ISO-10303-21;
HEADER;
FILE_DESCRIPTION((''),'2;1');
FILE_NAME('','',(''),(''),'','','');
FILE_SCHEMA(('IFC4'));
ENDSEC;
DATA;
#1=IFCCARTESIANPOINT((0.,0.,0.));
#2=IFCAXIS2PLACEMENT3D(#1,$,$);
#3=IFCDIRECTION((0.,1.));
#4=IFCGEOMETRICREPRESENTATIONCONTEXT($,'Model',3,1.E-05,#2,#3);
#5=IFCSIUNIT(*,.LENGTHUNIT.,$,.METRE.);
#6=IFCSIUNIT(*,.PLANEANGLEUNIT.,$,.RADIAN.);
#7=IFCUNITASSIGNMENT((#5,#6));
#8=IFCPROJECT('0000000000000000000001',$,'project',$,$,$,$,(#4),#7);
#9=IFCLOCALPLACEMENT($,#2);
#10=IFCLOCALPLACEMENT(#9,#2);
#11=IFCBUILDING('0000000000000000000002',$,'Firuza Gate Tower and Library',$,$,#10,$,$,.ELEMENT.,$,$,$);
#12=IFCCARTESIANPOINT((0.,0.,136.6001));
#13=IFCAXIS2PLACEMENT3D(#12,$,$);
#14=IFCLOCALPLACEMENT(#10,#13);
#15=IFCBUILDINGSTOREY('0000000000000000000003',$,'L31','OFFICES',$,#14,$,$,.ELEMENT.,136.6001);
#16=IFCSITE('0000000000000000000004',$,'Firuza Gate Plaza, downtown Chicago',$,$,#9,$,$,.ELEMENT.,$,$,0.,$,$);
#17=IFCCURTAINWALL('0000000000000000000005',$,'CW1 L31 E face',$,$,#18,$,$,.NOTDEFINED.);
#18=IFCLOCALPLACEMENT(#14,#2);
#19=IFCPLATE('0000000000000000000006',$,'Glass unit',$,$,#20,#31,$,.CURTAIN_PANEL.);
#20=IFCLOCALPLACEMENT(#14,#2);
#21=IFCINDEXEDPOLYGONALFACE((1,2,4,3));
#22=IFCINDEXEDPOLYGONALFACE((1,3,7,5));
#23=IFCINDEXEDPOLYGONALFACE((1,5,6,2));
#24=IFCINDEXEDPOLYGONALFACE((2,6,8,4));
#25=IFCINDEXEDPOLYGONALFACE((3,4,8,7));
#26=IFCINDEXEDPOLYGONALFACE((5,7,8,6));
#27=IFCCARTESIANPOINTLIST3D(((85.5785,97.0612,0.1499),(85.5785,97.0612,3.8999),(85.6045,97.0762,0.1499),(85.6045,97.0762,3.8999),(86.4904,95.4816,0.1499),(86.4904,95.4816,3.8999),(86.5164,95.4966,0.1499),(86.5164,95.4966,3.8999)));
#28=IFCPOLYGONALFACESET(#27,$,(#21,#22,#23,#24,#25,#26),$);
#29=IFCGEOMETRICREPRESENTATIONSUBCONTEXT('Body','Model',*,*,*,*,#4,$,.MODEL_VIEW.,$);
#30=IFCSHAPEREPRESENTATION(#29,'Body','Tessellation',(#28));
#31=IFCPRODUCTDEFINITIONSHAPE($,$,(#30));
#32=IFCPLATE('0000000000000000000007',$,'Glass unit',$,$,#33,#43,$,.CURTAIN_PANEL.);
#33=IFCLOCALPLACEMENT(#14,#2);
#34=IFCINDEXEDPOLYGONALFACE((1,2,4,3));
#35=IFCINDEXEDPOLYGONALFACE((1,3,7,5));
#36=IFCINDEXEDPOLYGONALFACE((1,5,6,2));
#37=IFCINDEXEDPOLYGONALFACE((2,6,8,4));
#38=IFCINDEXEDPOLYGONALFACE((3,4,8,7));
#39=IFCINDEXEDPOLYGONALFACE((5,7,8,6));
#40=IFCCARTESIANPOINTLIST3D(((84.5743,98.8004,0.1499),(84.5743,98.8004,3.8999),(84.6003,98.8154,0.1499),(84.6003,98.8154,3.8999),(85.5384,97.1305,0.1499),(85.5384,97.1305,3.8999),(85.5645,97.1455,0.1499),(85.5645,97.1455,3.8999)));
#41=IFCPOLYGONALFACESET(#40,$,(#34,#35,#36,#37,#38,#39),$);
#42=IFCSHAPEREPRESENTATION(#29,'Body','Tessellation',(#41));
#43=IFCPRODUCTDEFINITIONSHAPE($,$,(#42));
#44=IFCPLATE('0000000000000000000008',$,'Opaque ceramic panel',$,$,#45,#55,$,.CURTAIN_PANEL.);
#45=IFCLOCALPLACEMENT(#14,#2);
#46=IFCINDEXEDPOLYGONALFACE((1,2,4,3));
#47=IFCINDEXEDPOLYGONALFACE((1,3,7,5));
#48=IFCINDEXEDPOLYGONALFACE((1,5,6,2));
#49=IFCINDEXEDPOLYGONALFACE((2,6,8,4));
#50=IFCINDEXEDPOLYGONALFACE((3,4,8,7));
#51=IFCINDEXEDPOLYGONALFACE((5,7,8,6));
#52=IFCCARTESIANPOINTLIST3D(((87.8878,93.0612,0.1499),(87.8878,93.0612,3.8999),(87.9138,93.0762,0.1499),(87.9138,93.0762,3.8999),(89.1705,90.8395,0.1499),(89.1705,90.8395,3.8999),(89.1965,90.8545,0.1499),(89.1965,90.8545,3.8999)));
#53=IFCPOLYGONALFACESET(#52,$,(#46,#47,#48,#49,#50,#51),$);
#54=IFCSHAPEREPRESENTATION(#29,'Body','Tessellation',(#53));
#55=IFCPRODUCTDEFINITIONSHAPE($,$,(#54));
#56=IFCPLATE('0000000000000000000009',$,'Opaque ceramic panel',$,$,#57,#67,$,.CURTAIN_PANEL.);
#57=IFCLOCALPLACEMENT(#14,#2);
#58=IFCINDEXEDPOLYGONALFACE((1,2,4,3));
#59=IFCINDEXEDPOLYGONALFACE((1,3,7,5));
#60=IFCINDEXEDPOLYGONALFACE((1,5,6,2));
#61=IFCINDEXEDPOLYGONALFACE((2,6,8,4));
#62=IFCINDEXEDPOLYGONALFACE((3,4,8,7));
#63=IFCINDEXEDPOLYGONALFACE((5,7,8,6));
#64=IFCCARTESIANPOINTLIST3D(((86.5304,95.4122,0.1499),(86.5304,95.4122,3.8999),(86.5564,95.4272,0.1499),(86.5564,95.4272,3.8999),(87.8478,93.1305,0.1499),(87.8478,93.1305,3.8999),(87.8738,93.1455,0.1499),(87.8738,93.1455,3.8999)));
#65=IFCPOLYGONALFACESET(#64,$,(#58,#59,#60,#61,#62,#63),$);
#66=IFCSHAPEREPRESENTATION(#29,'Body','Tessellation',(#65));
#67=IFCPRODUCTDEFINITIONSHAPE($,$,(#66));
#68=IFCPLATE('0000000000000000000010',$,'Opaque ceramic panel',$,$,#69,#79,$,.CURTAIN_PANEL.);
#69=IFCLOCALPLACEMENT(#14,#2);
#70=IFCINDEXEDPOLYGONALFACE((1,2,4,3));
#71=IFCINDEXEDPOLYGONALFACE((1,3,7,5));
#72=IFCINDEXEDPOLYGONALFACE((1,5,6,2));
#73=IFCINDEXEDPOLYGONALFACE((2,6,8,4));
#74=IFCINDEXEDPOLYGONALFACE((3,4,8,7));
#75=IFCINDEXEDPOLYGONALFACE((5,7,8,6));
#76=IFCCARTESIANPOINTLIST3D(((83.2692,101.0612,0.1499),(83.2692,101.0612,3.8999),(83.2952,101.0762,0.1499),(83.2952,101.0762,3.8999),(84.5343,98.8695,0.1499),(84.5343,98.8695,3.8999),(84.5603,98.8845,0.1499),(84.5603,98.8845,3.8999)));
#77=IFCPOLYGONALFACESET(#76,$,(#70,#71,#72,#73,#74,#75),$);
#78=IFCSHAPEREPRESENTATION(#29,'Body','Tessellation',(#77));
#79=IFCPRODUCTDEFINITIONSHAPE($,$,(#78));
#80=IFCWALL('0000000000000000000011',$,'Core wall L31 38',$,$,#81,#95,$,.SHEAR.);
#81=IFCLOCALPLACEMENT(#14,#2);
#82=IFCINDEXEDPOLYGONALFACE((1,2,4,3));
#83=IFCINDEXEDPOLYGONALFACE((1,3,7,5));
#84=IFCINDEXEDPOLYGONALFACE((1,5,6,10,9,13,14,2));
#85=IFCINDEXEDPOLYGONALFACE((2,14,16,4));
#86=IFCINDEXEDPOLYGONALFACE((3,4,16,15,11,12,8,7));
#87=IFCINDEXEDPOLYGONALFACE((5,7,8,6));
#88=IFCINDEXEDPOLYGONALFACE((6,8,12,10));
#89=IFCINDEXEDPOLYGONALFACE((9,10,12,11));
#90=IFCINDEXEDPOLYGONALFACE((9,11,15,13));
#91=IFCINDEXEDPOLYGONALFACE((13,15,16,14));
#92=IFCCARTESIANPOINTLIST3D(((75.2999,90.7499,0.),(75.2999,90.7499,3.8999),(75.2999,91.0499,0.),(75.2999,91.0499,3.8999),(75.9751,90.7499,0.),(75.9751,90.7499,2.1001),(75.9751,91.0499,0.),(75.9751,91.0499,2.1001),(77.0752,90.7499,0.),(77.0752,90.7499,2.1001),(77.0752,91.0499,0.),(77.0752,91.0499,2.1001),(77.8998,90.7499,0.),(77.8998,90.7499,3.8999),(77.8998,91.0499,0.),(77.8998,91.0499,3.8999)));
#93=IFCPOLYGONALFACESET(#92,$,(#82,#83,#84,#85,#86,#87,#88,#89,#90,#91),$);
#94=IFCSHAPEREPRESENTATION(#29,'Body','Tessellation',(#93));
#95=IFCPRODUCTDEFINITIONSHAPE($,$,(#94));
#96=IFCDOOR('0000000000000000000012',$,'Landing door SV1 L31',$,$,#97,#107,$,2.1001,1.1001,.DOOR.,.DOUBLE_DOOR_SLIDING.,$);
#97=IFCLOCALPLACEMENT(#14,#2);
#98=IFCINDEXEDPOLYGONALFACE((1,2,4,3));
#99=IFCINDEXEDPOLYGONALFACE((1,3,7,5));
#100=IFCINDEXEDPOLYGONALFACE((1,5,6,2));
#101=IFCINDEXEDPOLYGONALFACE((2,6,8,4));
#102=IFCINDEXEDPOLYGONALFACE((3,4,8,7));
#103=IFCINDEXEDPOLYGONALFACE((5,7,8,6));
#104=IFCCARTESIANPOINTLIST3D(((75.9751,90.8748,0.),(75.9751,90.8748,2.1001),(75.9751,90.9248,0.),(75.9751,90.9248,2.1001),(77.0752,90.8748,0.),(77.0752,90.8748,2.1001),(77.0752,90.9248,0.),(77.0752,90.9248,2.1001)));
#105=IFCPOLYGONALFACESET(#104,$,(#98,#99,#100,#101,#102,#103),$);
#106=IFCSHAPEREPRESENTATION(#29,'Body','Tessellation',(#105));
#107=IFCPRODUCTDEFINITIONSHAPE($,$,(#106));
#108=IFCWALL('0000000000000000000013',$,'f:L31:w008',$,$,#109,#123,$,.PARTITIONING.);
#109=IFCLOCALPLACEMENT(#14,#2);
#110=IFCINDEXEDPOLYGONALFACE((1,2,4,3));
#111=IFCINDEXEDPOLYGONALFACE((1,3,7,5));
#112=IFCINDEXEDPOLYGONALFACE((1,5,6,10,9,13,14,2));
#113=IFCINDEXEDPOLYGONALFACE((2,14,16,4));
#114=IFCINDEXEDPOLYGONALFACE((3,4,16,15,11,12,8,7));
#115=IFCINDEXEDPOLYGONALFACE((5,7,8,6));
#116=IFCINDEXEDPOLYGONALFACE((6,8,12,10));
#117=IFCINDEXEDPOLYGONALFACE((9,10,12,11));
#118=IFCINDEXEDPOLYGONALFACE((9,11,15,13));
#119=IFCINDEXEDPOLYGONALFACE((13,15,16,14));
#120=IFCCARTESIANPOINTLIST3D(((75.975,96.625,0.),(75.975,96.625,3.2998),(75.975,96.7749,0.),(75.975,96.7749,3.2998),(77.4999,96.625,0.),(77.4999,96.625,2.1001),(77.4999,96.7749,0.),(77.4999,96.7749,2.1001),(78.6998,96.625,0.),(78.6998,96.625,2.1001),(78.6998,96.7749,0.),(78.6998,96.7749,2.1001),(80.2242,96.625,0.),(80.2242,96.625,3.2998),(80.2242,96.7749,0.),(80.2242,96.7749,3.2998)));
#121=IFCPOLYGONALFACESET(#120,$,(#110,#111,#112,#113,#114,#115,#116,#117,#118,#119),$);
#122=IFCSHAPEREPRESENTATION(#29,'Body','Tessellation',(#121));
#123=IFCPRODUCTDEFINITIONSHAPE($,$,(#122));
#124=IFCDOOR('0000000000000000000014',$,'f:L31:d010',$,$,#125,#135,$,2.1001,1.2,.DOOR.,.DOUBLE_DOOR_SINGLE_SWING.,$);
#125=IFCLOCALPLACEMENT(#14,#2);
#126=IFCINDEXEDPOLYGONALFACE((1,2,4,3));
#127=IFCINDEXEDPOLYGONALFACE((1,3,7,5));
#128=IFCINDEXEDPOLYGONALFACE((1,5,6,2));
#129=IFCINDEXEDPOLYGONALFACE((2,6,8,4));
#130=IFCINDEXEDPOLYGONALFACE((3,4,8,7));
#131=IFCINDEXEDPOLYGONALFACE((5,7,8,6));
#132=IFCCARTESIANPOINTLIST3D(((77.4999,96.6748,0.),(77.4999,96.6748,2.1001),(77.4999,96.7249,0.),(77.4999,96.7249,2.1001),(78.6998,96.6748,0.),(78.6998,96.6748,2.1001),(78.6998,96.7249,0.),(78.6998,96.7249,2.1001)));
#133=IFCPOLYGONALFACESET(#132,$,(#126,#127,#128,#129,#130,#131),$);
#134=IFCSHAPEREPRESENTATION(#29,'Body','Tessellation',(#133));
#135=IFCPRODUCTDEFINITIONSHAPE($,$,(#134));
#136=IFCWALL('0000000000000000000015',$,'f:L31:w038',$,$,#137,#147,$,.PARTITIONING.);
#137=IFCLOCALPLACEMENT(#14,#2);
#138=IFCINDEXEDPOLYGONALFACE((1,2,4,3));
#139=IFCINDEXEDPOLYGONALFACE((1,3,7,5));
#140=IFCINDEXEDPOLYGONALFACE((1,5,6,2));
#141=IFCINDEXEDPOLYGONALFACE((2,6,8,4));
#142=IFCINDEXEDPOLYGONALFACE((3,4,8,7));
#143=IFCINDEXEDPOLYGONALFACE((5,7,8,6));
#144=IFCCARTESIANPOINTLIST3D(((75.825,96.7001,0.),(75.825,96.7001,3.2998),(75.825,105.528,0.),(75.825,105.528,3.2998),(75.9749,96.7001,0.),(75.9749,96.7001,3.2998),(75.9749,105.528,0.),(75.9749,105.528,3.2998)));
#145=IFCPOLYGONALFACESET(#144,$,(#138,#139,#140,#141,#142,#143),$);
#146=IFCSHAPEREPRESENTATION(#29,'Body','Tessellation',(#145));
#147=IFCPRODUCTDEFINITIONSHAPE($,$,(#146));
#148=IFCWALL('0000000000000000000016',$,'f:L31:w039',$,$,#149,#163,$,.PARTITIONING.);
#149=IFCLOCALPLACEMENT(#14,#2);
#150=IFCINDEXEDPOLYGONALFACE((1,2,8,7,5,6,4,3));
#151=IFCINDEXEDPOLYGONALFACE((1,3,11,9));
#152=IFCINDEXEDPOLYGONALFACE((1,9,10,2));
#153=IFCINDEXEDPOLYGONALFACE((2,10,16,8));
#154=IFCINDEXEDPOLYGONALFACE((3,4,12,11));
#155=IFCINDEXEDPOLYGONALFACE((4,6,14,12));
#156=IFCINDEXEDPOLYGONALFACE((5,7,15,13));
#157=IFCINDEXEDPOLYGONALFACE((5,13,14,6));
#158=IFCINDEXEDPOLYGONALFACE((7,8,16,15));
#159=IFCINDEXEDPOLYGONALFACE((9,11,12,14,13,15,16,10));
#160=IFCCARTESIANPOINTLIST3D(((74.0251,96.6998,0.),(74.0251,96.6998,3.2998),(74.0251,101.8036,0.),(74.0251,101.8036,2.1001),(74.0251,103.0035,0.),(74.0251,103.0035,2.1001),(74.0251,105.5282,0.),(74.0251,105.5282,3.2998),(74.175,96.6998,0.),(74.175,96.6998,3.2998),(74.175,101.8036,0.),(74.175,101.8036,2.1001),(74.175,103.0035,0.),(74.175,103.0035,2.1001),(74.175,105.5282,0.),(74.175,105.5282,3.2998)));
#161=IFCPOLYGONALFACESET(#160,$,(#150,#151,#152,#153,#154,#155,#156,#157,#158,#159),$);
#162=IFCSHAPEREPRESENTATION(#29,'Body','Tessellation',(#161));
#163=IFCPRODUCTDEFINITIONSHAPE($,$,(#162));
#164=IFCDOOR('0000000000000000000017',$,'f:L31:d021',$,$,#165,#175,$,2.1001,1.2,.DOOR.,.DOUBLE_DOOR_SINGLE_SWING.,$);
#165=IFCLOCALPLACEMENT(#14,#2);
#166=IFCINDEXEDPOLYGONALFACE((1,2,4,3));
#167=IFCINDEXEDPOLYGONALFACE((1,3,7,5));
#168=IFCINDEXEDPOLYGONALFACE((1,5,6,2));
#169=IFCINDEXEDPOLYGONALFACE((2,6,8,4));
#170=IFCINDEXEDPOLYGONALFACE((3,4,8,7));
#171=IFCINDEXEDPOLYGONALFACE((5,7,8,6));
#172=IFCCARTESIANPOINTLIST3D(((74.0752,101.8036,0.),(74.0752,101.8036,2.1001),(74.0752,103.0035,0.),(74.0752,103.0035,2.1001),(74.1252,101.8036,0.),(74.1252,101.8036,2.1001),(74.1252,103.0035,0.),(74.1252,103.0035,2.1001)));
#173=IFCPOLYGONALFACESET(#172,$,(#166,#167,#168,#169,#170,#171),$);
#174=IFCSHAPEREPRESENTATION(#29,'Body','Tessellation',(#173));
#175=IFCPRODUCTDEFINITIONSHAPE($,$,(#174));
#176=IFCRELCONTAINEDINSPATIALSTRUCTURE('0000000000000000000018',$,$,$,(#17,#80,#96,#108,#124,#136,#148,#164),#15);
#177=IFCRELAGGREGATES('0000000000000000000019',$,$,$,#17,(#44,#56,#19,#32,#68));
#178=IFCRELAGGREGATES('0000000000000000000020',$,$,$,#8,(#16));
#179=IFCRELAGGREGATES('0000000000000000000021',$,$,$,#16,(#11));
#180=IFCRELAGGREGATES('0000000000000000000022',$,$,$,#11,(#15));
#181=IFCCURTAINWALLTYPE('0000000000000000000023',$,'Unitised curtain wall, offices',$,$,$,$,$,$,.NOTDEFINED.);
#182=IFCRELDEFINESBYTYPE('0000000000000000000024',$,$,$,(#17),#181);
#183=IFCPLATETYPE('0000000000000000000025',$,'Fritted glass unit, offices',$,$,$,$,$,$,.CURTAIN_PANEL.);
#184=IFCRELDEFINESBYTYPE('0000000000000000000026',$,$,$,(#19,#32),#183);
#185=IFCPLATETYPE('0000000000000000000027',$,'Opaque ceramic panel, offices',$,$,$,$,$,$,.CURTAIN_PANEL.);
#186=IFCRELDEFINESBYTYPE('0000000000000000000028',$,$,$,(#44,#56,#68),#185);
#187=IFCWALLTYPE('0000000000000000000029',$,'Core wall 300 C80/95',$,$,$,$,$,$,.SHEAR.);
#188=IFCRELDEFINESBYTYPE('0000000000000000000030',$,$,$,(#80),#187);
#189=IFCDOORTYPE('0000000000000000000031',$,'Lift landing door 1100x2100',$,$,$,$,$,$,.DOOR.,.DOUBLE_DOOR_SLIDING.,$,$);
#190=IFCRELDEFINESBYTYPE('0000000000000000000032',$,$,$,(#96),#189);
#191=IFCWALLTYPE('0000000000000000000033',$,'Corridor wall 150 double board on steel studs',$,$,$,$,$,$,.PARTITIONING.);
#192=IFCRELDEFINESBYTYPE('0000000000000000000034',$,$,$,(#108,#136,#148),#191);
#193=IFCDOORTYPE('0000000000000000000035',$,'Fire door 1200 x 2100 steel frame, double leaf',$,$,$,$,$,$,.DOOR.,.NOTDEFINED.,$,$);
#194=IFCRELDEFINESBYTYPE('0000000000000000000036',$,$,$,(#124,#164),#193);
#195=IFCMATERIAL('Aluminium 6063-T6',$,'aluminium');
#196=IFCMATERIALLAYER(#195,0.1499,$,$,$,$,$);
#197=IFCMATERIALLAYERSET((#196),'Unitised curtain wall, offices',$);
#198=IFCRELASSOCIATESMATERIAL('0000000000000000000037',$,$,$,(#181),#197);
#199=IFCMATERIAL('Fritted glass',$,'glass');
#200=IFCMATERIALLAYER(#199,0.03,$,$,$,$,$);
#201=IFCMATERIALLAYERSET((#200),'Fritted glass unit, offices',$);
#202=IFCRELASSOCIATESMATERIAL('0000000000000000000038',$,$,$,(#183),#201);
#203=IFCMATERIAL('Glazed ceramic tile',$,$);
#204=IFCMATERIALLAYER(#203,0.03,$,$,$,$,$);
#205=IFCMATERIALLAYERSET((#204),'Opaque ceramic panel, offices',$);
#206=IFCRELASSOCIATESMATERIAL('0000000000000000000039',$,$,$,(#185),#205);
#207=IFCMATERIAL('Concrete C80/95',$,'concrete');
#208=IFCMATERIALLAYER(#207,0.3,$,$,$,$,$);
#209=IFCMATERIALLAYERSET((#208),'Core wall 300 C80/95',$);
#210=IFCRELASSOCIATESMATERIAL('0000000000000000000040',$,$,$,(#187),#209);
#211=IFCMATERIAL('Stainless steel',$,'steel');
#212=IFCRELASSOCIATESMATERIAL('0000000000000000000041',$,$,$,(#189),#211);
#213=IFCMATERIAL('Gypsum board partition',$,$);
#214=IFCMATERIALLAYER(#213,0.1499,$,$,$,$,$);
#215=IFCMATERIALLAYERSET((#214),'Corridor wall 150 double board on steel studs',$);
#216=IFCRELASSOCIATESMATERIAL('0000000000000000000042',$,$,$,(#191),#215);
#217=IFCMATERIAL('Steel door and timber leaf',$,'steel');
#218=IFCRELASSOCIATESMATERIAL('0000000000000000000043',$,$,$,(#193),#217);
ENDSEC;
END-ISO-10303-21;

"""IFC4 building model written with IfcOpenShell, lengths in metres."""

from ifc_helpers import new_model, si_unit, direction, frame, frame_2d, origin, place, context, subcontext, project, spatial, polyline, rectangle, outline, extrude, material, layer, layer_set, type_object, element, fill, aggregate, save


model = new_model("IFC4")

# Units and contexts
model_context = context("Model", 3, precision=1e-05, world=origin(), true_north=direction((0.0, 1.0)))
body_context = subcontext(model_context, "Body", "Model", "MODEL_VIEW")
ifc_project = project(units=[si_unit("LENGTHUNIT", "METRE"), si_unit("PLANEANGLEUNIT", "RADIAN")], contexts=[model_context])

# Site, building, storey
site_placement = place(None, origin())
site = spatial("IfcSite", under=ifc_project, at=site_placement, Name="Firuza Gate Plaza, downtown Chicago", CompositionType="ELEMENT", RefElevation=0.0)
building_placement = place(site_placement, origin())
building = spatial("IfcBuilding", under=site, at=building_placement, Name="Firuza Gate Tower and Library", CompositionType="ELEMENT")
storey_placement = place(building_placement, frame((0.0, 0.0, 136.6001)))
storey = spatial("IfcBuildingStorey", under=building, at=storey_placement, Name="L31", Description="OFFICES", CompositionType="ELEMENT", Elevation=136.6001)

# Curtain wall
ifc_material_1 = material(Name="Aluminium 6063-T6", Category="aluminium")
ifc_layer_1 = layer(ifc_material_1, 0.1499)
ifc_layer_set_1 = layer_set([ifc_layer_1], Name="Unitised curtain wall, offices")
curtain_wall_type = type_object("IfcCurtainWallType", Name="Unitised curtain wall, offices", PredefinedType="NOTDEFINED", material=ifc_layer_set_1)
placement = place(storey_placement, origin())
curtain_wall = element("IfcCurtainWall", 1, at=placement, inside=storey, type_object=curtain_wall_type, Name="CW1 L31 E face", PredefinedType="NOTDEFINED")

# Plates
ifc_material_2 = material(Name="Fritted glass", Category="glass")
ifc_layer_2 = layer(ifc_material_2, 0.03)
ifc_layer_set_2 = layer_set([ifc_layer_2], Name="Fritted glass unit, offices")
plate_type_1 = type_object("IfcPlateType", Name="Fritted glass unit, offices", PredefinedType="CURTAIN_PANEL", material=ifc_layer_set_2)
plate_1_placement = place(storey_placement, frame((86.5164, 95.4966, 0.1499), z_axis=(0.866052, 0.499954, 0.0), x_axis=(-0.499954, 0.866052, 0.0)))
plate_1 = element("IfcPlate", 2, at=plate_1_placement, type_object=plate_type_1, Name="Glass unit", PredefinedType="CURTAIN_PANEL", context=body_context, shape_type="SweptSolid", body=[
    extrude(outline(polyline([(0.0, 0.0), (1.8239, 0.0), (1.8239, 3.75), (0.0, 3.75), (0.0, 0.0)])), origin(), (0.0, 0.0, -1.0), 0.03),
])
plate_2_placement = place(storey_placement, frame((85.5645, 97.1455, 0.1499), z_axis=(0.86603, 0.499993, 0.0), x_axis=(-0.499993, 0.86603, 0.0)))
plate_2 = element("IfcPlate", 3, at=plate_2_placement, type_object=plate_type_1, Name="Glass unit", PredefinedType="CURTAIN_PANEL", context=body_context, shape_type="SweptSolid", body=[
    extrude(outline(polyline([(0.0, 0.0), (1.9283, 0.0), (1.9283, 3.75), (0.0, 3.75), (0.0, 0.0)])), origin(), (0.0, 0.0, -1.0), 0.03),
])
ifc_material_3 = material(Name="Glazed ceramic tile")
ifc_layer_3 = layer(ifc_material_3, 0.03)
ifc_layer_set_3 = layer_set([ifc_layer_3], Name="Opaque ceramic panel, offices")
plate_type_2 = type_object("IfcPlateType", Name="Opaque ceramic panel, offices", PredefinedType="CURTAIN_PANEL", material=ifc_layer_set_3)
plate_3_placement = place(storey_placement, frame((89.1965, 90.8545, 0.1499), z_axis=(0.866021, 0.500008, 0.0), x_axis=(-0.500008, 0.866021, 0.0)))
plate_3 = element("IfcPlate", 4, at=plate_3_placement, type_object=plate_type_2, Name="Opaque ceramic panel", PredefinedType="CURTAIN_PANEL", context=body_context, shape_type="SweptSolid", body=[
    extrude(outline(polyline([(0.0, 0.0), (2.5654, 0.0), (2.5654, 3.75), (0.0, 3.75), (0.0, 0.0)])), origin(), (0.0, 0.0, -1.0), 0.03),
])
plate_4_placement = place(storey_placement, frame((87.8738, 93.1455, 0.1499), z_axis=(0.866022, 0.500006, 0.0), x_axis=(-0.500006, 0.866022, 0.0)))
plate_4 = element("IfcPlate", 5, at=plate_4_placement, type_object=plate_type_2, Name="Opaque ceramic panel", PredefinedType="CURTAIN_PANEL", context=body_context, shape_type="SweptSolid", body=[
    extrude(outline(polyline([(0.0, 0.0), (2.6347, 0.0), (2.6347, 3.75), (0.0, 3.75), (0.0, 0.0)])), origin(), (0.0, 0.0, -1.0), 0.03),
])
plate_5_placement = place(storey_placement, frame((84.5603, 98.8845, 0.1499), z_axis=(0.866062, 0.499937, 0.0), x_axis=(-0.499937, 0.866062, 0.0)))
plate_5 = element("IfcPlate", 6, at=plate_5_placement, type_object=plate_type_2, Name="Opaque ceramic panel", PredefinedType="CURTAIN_PANEL", context=body_context, shape_type="SweptSolid", body=[
    extrude(outline(polyline([(0.0, 0.0), (2.5306, 0.0), (2.5306, 3.75), (0.0, 3.75), (0.0, 0.0)])), origin(), (0.0, 0.0, -1.0), 0.03),
])
aggregate(curtain_wall, [plate_3, plate_4, plate_1, plate_2, plate_5])

# Walls, openings, doors
ifc_material_4 = material(Name="Concrete C80/95", Category="concrete")
ifc_layer_4 = layer(ifc_material_4, 0.3)
ifc_layer_set_4 = layer_set([ifc_layer_4], Name="Core wall 300 C80/95")
wall_type_1 = type_object("IfcWallType", Name="Core wall 300 C80/95", PredefinedType="SHEAR", material=ifc_layer_set_4)
wall_1_placement = place(storey_placement, frame((75.3, 90.8999, 0.0), z_axis=(0.0, 0.0, 1.0), x_axis=(1.0, 0.0, 0.0)))
wall_1 = element("IfcWall", 7, at=wall_1_placement, inside=storey, type_object=wall_type_1, Name="Core wall L31 38", PredefinedType="SHEAR", context=body_context, shape_type="SweptSolid", body=[
    extrude(rectangle(XDim=2.5999, YDim=0.3, at=frame_2d((1.2998, 0.0))), origin(), (0.0, 0.0, 1.0), 3.8999),
])
opening_1_placement = place(wall_1_placement, frame((0.675, 0.0, 0.0)))
opening_1 = element("IfcOpeningElement", 8, at=opening_1_placement, cuts=wall_1, PredefinedType="OPENING", context=body_context, shape_type="SweptSolid", body=[
    extrude(rectangle(XDim=1.1001, YDim=2.1001, at=frame_2d((0.55, 1.05))), frame((0.0, 0.1602, 0.0), z_axis=(0.0, -1.0, 0.0), x_axis=(1.0, 0.0, 0.0)), (0.0, 0.0, 1.0), 0.3201),
])
ifc_material_5 = material(Name="Stainless steel", Category="steel")
door_type_1 = type_object("IfcDoorType", Name="Lift landing door 1100x2100", OperationType="DOUBLE_DOOR_SLIDING", PredefinedType="DOOR", material=ifc_material_5)
door_1_placement = place(opening_1_placement, origin())
door_1 = element("IfcDoor", 9, at=door_1_placement, inside=storey, type_object=door_type_1, Name="Landing door SV1 L31", OperationType="DOUBLE_DOOR_SLIDING", OverallHeight=2.1001, OverallWidth=1.1001, PredefinedType="DOOR", context=body_context, shape_type="SweptSolid", body=[
    extrude(rectangle(XDim=1.1001, YDim=2.1001, at=frame_2d((0.55, 1.05))), frame((0.0, 0.0249, 0.0), z_axis=(0.0, -1.0, 0.0), x_axis=(1.0, 0.0, 0.0)), (0.0, 0.0, 1.0), 0.05),
])
fill(opening_1, door_1)
ifc_material_6 = material(Name="Gypsum board partition")
ifc_layer_5 = layer(ifc_material_6, 0.1499)
ifc_layer_set_5 = layer_set([ifc_layer_5], Name="Corridor wall 150 double board on steel studs")
wall_type_2 = type_object("IfcWallType", Name="Corridor wall 150 double board on steel studs", PredefinedType="PARTITIONING", material=ifc_layer_set_5)
wall_2_placement = place(storey_placement, frame((75.9751, 96.7, 0.0), z_axis=(0.0, 0.0, 1.0), x_axis=(1.0, 0.0, 0.0)))
wall_2 = element("IfcWall", 10, at=wall_2_placement, inside=storey, type_object=wall_type_2, Name="f:L31:w008", PredefinedType="PARTITIONING", context=body_context, shape_type="SweptSolid", body=[
    extrude(rectangle(XDim=4.2493, YDim=0.1499, at=frame_2d((2.1245, 0.0))), origin(), (0.0, 0.0, 1.0), 3.2998),
])
opening_2_placement = place(wall_2_placement, frame((1.5247, 0.0, 0.0)))
opening_2 = element("IfcOpeningElement", 11, at=opening_2_placement, cuts=wall_2, PredefinedType="OPENING", context=body_context, shape_type="SweptSolid", body=[
    extrude(rectangle(XDim=1.2, YDim=2.1001, at=frame_2d((0.6001, 1.05))), frame((0.0, 0.085, 0.0), z_axis=(0.0, -1.0, 0.0), x_axis=(1.0, 0.0, 0.0)), (0.0, 0.0, 1.0), 0.1699),
])
ifc_material_7 = material(Name="Steel door and timber leaf", Category="steel")
door_type_2 = type_object("IfcDoorType", Name="Fire door 1200 x 2100 steel frame, double leaf", OperationType="NOTDEFINED", PredefinedType="DOOR", material=ifc_material_7)
door_2_placement = place(opening_2_placement, origin())
door_2 = element("IfcDoor", 12, at=door_2_placement, inside=storey, type_object=door_type_2, Name="f:L31:d010", OperationType="DOUBLE_DOOR_SINGLE_SWING", OverallHeight=2.1001, OverallWidth=1.2, PredefinedType="DOOR", context=body_context, shape_type="SweptSolid", body=[
    extrude(rectangle(XDim=1.2, YDim=2.1001, at=frame_2d((0.6001, 1.05))), frame((0.0, 0.0249, 0.0), z_axis=(0.0, -1.0, 0.0), x_axis=(1.0, 0.0, 0.0)), (0.0, 0.0, 1.0), 0.05),
])
fill(opening_2, door_2)

# Wall
wall_3_placement = place(storey_placement, frame((75.8999, 96.7, 0.0), z_axis=(0.0, 0.0, 1.0), x_axis=(0.0, 1.0, 0.0)))
element("IfcWall", 13, at=wall_3_placement, inside=storey, type_object=wall_type_2, Name="f:L31:w038", PredefinedType="PARTITIONING", context=body_context, shape_type="SweptSolid", body=[
    extrude(rectangle(XDim=8.8279, YDim=0.1499, at=frame_2d((4.4141, 0.0))), origin(), (0.0, 0.0, 1.0), 3.2998),
])

# Wall, opening, door
wall_4_placement = place(storey_placement, frame((74.1001, 96.7, 0.0), z_axis=(0.0, 0.0, 1.0), x_axis=(0.0, 1.0, 0.0)))
wall_4 = element("IfcWall", 14, at=wall_4_placement, inside=storey, type_object=wall_type_2, Name="f:L31:w039", PredefinedType="PARTITIONING", context=body_context, shape_type="SweptSolid", body=[
    extrude(rectangle(XDim=8.8284, YDim=0.1499, at=frame_2d((4.4141, 0.0))), origin(), (0.0, 0.0, 1.0), 3.2998),
])
opening_3_placement = place(wall_4_placement, frame((5.1035, 0.0, 0.0)))
opening_3 = element("IfcOpeningElement", 15, at=opening_3_placement, cuts=wall_4, PredefinedType="OPENING", context=body_context, shape_type="SweptSolid", body=[
    extrude(rectangle(XDim=1.2, YDim=2.1001, at=frame_2d((0.6001, 1.05))), frame((0.0, 0.085, 0.0), z_axis=(0.0, -1.0, 0.0), x_axis=(1.0, 0.0, 0.0)), (0.0, 0.0, 1.0), 0.1699),
])
door_3_placement = place(opening_3_placement, origin())
door_3 = element("IfcDoor", 16, at=door_3_placement, inside=storey, type_object=door_type_2, Name="f:L31:d021", OperationType="DOUBLE_DOOR_SINGLE_SWING", OverallHeight=2.1001, OverallWidth=1.2, PredefinedType="DOOR", context=body_context, shape_type="SweptSolid", body=[
    extrude(rectangle(XDim=1.2, YDim=2.1001, at=frame_2d((0.6001, 1.05))), frame((0.0, 0.0249, 0.0), z_axis=(0.0, -1.0, 0.0), x_axis=(1.0, 0.0, 0.0)), (0.0, 0.0, 1.0), 0.05),
])
fill(opening_3, door_3)

save(model, "model.ifc")
